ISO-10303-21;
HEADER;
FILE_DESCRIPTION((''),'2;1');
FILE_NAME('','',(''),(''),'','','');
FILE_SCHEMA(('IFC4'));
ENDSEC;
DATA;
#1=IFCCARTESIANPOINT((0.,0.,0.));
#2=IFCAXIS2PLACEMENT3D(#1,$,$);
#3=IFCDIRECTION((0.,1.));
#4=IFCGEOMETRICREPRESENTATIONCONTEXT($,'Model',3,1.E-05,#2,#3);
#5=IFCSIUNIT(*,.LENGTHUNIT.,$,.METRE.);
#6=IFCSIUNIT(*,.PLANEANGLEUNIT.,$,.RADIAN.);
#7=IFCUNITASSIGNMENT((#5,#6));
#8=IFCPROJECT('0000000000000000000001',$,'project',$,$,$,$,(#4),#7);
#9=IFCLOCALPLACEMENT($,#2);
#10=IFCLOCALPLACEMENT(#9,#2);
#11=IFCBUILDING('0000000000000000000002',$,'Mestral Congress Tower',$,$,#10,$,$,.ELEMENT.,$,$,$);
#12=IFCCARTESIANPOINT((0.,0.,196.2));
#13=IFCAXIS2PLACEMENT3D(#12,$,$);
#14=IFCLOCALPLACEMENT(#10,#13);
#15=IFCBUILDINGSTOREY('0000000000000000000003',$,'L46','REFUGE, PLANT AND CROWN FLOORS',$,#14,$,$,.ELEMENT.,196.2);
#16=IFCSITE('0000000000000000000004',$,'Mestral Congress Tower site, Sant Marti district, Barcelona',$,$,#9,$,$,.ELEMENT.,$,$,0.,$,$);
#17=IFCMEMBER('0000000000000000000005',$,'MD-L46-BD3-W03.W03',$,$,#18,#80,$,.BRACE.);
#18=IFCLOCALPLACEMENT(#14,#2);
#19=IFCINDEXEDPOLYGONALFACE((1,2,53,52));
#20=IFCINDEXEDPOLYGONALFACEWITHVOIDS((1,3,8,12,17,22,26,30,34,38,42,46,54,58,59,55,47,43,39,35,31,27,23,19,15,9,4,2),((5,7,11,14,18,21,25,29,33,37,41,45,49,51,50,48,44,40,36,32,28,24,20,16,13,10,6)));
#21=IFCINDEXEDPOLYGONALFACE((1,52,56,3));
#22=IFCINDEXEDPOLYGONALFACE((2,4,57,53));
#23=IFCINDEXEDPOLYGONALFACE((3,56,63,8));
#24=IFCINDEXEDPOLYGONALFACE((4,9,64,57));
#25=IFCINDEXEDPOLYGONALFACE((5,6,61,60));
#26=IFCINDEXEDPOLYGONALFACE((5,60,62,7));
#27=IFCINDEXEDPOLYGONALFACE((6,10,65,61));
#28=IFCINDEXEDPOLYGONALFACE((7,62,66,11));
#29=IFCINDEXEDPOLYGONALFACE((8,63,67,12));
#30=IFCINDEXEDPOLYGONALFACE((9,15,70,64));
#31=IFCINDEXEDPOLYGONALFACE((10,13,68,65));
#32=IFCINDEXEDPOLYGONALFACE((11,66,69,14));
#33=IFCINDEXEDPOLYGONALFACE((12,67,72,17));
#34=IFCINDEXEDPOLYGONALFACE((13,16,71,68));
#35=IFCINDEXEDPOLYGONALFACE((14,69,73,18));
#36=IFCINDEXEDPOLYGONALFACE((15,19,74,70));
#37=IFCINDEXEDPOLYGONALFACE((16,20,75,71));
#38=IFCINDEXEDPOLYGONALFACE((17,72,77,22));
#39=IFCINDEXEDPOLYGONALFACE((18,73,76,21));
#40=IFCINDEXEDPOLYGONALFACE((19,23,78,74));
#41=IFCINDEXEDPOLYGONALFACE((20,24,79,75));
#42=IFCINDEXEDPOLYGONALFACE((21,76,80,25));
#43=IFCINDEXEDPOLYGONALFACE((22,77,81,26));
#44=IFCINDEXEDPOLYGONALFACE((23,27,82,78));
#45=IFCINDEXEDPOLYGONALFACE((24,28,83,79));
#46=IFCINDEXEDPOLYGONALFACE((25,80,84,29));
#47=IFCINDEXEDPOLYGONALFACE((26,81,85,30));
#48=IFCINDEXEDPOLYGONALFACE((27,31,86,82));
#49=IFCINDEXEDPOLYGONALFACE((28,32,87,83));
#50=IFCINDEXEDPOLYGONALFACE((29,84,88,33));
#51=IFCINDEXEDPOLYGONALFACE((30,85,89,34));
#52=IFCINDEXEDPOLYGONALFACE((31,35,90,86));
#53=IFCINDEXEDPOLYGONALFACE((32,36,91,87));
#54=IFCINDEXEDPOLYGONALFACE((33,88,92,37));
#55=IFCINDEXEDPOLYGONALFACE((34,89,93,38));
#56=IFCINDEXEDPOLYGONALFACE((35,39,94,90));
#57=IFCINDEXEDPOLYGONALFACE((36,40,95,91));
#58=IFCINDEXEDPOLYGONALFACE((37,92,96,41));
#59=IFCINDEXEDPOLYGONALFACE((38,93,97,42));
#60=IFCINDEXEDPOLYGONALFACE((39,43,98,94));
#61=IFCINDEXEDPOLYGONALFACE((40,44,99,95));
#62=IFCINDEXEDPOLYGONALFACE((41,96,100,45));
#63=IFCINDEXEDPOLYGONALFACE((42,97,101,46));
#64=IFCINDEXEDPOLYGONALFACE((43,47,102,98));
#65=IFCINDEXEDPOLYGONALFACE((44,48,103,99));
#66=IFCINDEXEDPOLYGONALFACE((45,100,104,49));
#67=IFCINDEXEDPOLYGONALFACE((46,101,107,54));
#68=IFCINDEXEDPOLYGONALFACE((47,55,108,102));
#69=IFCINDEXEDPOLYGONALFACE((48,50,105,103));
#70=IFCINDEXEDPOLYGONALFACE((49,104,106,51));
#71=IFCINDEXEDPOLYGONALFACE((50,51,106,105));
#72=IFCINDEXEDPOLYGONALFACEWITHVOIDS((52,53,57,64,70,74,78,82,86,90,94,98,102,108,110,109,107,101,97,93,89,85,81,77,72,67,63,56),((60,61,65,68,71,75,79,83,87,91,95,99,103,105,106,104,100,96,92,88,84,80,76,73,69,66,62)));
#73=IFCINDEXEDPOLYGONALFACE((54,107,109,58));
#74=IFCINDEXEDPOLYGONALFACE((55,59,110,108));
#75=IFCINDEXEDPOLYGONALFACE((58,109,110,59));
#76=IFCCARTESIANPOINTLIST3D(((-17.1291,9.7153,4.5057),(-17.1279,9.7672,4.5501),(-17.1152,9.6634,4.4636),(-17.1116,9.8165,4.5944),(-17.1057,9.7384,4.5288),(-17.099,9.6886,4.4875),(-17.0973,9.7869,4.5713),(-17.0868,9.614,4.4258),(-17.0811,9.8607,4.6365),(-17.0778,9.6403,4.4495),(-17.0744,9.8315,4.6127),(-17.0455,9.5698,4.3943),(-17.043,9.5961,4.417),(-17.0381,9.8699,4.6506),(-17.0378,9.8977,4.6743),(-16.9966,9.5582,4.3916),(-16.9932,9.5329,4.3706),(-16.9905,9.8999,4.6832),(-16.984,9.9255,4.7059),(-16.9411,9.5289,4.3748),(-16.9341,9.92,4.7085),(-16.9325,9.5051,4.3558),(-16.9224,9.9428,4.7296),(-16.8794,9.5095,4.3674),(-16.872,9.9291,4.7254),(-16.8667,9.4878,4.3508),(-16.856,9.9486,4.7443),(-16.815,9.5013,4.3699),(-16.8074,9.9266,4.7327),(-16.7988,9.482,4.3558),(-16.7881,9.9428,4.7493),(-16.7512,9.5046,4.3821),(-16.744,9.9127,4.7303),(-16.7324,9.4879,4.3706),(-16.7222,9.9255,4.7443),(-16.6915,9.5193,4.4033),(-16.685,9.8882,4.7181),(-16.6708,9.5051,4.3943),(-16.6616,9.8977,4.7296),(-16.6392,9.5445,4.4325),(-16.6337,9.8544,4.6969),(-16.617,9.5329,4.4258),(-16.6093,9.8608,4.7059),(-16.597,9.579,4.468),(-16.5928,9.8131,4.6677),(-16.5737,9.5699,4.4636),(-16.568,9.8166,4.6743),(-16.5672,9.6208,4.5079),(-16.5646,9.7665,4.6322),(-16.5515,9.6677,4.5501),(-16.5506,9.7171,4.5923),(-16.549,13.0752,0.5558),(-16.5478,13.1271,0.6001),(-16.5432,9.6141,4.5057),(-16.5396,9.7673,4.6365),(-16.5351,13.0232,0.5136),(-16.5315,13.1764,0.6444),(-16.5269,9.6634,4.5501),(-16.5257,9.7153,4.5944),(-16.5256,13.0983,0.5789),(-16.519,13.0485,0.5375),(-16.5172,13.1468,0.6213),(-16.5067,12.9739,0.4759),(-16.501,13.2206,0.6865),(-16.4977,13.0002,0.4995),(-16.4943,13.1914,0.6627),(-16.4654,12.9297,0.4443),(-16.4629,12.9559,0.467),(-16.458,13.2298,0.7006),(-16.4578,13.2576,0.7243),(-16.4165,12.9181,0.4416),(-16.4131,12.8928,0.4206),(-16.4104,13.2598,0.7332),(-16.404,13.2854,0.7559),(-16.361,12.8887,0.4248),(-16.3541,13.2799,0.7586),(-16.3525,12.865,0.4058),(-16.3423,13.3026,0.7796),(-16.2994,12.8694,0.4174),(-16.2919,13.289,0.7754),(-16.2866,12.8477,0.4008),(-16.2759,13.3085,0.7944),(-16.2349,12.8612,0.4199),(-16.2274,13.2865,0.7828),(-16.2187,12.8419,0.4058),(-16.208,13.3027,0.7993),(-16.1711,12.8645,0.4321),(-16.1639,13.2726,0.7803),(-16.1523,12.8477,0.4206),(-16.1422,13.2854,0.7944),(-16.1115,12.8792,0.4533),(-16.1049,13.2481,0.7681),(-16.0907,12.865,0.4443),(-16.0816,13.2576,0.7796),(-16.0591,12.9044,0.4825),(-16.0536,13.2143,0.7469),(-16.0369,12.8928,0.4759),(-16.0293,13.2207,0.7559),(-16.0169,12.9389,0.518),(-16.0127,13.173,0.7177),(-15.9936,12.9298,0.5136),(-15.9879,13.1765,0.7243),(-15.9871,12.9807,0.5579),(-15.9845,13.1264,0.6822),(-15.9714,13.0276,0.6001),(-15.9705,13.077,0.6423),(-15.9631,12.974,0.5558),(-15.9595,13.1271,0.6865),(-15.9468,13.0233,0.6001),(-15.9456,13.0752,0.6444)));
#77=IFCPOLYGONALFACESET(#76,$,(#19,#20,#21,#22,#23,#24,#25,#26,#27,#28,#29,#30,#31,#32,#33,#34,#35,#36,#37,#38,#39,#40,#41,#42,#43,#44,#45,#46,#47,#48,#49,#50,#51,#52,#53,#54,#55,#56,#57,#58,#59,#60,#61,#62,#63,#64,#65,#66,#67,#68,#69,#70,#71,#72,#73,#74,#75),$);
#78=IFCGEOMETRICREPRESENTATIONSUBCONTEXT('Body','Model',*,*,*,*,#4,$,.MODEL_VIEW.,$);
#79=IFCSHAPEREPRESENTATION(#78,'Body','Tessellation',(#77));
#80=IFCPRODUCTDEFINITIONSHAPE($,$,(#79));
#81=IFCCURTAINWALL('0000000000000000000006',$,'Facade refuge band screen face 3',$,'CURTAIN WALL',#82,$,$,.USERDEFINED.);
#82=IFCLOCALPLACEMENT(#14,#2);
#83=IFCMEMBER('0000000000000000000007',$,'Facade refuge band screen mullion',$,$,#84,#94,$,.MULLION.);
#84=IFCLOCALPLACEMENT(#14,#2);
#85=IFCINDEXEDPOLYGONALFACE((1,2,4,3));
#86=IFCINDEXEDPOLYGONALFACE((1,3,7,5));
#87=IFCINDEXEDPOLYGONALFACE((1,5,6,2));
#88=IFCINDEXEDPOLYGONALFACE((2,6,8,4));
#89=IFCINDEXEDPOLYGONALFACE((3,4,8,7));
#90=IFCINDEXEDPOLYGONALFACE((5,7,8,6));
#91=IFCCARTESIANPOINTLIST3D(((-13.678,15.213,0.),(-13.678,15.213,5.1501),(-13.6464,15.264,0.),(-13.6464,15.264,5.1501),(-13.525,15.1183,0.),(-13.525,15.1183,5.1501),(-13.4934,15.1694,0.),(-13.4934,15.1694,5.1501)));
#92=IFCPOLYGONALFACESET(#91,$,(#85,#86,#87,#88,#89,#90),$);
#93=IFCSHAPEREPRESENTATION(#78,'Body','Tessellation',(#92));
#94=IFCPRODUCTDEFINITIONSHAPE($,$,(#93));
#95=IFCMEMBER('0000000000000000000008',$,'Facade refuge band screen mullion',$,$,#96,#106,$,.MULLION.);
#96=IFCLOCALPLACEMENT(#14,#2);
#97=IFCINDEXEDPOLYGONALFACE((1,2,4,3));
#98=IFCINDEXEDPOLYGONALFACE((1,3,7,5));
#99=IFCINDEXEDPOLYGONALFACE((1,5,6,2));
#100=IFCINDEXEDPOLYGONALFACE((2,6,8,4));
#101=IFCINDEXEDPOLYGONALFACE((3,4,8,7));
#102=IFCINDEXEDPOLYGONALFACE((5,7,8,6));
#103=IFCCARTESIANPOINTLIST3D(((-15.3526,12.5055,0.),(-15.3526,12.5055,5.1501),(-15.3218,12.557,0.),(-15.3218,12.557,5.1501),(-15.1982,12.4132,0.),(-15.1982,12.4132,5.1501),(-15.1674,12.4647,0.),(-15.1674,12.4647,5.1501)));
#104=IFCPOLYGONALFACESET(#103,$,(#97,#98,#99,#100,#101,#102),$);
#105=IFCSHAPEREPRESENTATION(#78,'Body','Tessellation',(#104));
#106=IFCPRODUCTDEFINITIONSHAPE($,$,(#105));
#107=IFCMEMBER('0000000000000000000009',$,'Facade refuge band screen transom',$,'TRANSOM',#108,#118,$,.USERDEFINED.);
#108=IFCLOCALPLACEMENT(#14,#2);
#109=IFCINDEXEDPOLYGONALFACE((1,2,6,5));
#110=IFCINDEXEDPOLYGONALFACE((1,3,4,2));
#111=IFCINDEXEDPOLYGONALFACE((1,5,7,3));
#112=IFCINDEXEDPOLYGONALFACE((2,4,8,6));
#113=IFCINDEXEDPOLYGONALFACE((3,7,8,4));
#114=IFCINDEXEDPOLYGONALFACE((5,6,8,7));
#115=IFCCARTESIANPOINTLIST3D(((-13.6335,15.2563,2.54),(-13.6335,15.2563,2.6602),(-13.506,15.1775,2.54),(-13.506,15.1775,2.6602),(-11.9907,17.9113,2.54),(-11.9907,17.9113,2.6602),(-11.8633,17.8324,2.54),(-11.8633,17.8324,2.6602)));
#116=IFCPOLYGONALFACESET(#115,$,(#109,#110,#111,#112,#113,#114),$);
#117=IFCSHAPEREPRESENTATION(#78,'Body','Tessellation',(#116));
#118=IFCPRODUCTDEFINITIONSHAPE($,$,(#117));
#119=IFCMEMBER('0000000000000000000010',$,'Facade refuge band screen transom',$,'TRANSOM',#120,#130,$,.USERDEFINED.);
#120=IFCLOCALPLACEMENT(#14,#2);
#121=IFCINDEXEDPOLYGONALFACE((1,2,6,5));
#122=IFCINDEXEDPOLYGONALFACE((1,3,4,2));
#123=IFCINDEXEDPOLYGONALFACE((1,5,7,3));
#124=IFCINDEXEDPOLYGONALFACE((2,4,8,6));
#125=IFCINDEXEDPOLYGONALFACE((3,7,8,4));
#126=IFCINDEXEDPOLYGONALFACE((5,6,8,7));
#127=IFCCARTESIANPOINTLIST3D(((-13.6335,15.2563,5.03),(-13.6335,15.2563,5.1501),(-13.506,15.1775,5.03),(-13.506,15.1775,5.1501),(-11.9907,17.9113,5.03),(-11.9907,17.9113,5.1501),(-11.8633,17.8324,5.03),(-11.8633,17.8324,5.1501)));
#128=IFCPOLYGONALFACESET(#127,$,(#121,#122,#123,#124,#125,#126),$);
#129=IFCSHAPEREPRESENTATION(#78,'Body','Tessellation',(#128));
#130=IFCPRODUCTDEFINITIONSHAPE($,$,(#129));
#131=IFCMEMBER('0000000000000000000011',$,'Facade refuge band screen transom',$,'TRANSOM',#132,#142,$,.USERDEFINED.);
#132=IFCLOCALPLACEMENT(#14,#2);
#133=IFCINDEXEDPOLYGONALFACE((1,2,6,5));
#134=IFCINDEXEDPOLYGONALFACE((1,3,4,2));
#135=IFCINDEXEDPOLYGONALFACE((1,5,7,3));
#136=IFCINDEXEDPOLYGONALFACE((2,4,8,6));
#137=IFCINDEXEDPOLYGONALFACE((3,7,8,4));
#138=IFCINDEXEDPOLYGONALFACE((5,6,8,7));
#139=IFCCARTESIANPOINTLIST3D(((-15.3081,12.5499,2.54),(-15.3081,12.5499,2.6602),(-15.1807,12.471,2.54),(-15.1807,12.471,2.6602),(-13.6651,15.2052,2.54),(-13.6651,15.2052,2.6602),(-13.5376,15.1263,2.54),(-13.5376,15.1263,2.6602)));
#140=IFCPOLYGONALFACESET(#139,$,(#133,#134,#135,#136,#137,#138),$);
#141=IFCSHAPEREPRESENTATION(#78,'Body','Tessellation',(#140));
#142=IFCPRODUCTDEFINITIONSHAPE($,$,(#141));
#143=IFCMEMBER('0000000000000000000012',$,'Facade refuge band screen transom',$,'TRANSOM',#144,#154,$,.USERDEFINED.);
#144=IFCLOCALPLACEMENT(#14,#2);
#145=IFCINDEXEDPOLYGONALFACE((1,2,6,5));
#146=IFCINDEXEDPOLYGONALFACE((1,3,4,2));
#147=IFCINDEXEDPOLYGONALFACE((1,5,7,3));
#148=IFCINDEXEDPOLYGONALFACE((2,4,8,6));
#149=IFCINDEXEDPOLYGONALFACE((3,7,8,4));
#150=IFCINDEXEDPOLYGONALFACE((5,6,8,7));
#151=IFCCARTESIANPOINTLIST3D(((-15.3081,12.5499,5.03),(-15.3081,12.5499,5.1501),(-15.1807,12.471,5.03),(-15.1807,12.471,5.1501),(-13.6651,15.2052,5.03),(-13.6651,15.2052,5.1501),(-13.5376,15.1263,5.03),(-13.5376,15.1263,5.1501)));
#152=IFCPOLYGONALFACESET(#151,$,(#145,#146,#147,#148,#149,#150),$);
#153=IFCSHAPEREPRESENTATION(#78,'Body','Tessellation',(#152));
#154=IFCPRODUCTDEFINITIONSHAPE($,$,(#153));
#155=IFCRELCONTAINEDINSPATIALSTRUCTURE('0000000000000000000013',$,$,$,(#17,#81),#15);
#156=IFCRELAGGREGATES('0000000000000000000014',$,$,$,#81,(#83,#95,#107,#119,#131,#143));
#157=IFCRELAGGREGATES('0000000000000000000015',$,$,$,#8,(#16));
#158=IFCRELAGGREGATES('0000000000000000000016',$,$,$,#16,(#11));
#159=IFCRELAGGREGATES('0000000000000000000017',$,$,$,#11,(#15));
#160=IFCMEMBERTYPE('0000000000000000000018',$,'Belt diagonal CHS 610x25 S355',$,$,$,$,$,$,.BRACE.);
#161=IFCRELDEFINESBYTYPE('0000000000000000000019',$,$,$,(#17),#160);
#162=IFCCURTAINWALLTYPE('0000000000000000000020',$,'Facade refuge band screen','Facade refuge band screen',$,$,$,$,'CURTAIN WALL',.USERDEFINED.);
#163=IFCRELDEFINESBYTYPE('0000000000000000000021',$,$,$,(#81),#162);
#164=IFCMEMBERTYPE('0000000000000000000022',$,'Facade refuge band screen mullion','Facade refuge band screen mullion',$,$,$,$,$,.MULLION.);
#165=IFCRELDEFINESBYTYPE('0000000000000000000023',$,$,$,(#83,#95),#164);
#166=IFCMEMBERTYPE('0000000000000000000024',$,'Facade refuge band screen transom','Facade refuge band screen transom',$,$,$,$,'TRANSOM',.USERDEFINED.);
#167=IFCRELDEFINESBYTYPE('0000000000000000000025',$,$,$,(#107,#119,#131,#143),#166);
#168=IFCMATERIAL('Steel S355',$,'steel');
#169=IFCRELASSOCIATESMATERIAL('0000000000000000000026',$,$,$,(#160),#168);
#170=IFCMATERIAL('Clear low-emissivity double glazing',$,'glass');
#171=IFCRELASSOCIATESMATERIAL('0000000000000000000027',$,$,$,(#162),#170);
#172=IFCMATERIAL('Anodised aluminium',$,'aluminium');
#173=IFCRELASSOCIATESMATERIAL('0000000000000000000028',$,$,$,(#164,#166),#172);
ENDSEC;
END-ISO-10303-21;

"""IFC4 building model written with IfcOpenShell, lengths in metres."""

from ifc_helpers import new_model, si_unit, direction, frame, origin, origin_2d, place, context, subcontext, project, spatial, rectangle, hollow_circle, extrude, material, material_profile, profile_set, type_object, element, aggregate, save


model = new_model("IFC4")

# Units and contexts
model_context = context("Model", 3, precision=1e-05, world=origin(), true_north=direction((0.0, 1.0)))
body_context = subcontext(model_context, "Body", "Model", "MODEL_VIEW")
ifc_project = project(units=[si_unit("LENGTHUNIT", "METRE"), si_unit("PLANEANGLEUNIT", "RADIAN")], contexts=[model_context])

# Site, building, storey
site_placement = place(None, origin())
site = spatial("IfcSite", under=ifc_project, at=site_placement, Name="Mestral Congress Tower site, Sant Marti district, Barcelona", CompositionType="ELEMENT", RefElevation=0.0)
building_placement = place(site_placement, origin())
building = spatial("IfcBuilding", under=site, at=building_placement, Name="Mestral Congress Tower", CompositionType="ELEMENT")
storey_placement = place(building_placement, frame((0.0, 0.0, 196.2)))
storey = spatial("IfcBuildingStorey", under=building, at=storey_placement, Name="L46", Description="REFUGE, PLANT AND CROWN FLOORS", CompositionType="ELEMENT", Elevation=196.2)

# Member
ifc_material_1 = material(Name="Steel S355", Category="steel")
ifc_material_profile_1 = material_profile(ifc_material_1, hollow_circle(Radius=0.3049, WallThickness=0.0249, at=origin_2d()), Name="CHS 610x25")
ifc_profile_set_1 = profile_set([ifc_material_profile_1], Name="Steel S355")
member_type_1 = type_object("IfcMemberType", Name="Belt diagonal CHS 610x25 S355", PredefinedType="BRACE", material=ifc_profile_set_1)
member_1_placement = place(storey_placement, frame((-16.2473, 13.0752, 0.6001), z_axis=(-0.111169, -0.643901, 0.756989), x_axis=(0.985421, -0.170132, 0.0)))
element("IfcMember", 1, at=member_1_placement, inside=storey, type_object=member_type_1, Name="MD-L46-BD3-W03.W03", PredefinedType="BRACE", context=body_context, shape_type="SweptSolid", body=[
    extrude(hollow_circle(Radius=0.3049, WallThickness=0.0249, at=origin_2d()), origin(), (0.0, 0.0, 1.0), 5.218),
])

# Curtain wall, members
ifc_material_2 = material(Name="Clear low-emissivity double glazing", Category="glass")
curtain_wall_type = type_object("IfcCurtainWallType", Name="Facade refuge band screen", Description="Facade refuge band screen", ElementType="CURTAIN WALL", PredefinedType="USERDEFINED", material=ifc_material_2)
curtain_wall_placement = place(storey_placement, origin())
curtain_wall = element("IfcCurtainWall", 2, at=curtain_wall_placement, inside=storey, type_object=curtain_wall_type, Name="Facade refuge band screen face 3", ObjectType="CURTAIN WALL", PredefinedType="USERDEFINED")
ifc_material_3 = material(Name="Anodised aluminium", Category="aluminium")
ifc_material_profile_2 = material_profile(ifc_material_3, rectangle(XDim=0.1799, YDim=0.0601, at=origin_2d()), Name="CW3 mullion 180 x 60")
ifc_profile_set_2 = profile_set([ifc_material_profile_2], Name="Anodised aluminium")
member_type_2 = type_object("IfcMemberType", Name="Facade refuge band screen mullion", Description="Facade refuge band screen mullion", PredefinedType="MULLION", material=ifc_profile_set_2)
member_2_placement = place(storey_placement, frame((-13.5857, 15.1912, 0.0), z_axis=(0.0, 0.0, 1.0), x_axis=(-0.850362, 0.526198, 0.0)))
member_2 = element("IfcMember", 3, at=member_2_placement, type_object=member_type_2, Name="Facade refuge band screen mullion", PredefinedType="MULLION", context=body_context, shape_type="SweptSolid", body=[
    extrude(rectangle(XDim=0.1799, YDim=0.0601, at=origin_2d()), origin(), (0.0, 0.0, 1.0), 5.1501),
])
member_3_placement = place(storey_placement, frame((-15.26, 12.4851, 0.0), z_axis=(0.0, 0.0, 1.0), x_axis=(-0.858293, 0.513159, 0.0)))
member_3 = element("IfcMember", 4, at=member_3_placement, type_object=member_type_2, Name="Facade refuge band screen mullion", PredefinedType="MULLION", context=body_context, shape_type="SweptSolid", body=[
    extrude(rectangle(XDim=0.1799, YDim=0.0601, at=origin_2d()), origin(), (0.0, 0.0, 1.0), 5.1501),
])
ifc_material_profile_3 = material_profile(ifc_material_3, rectangle(XDim=0.1499, YDim=0.1201, at=origin_2d()), Name="CW3 transom 150 x 120")
ifc_profile_set_3 = profile_set([ifc_material_profile_3], Name="Anodised aluminium")
member_type_3 = type_object("IfcMemberType", Name="Facade refuge band screen transom", Description="Facade refuge band screen transom", ElementType="TRANSOM", PredefinedType="USERDEFINED", material=ifc_profile_set_3)
member_4_placement = place(storey_placement, frame((-11.927, 17.8718, 2.6001), z_axis=(-0.526177, -0.850375, 0.0), x_axis=(0.850375, -0.526177, 0.0)))
member_4 = element("IfcMember", 5, at=member_4_placement, type_object=member_type_3, Name="Facade refuge band screen transom", ObjectType="TRANSOM", PredefinedType="USERDEFINED", context=body_context, shape_type="SweptSolid", body=[
    extrude(rectangle(XDim=0.1499, YDim=0.1201, at=origin_2d()), origin(), (0.0, 0.0, 1.0), 3.1221),
])
member_5_placement = place(storey_placement, frame((-11.927, 17.8718, 5.0901), z_axis=(-0.526177, -0.850375, 0.0), x_axis=(0.850375, -0.526177, 0.0)))
member_5 = element("IfcMember", 6, at=member_5_placement, type_object=member_type_3, Name="Facade refuge band screen transom", ObjectType="TRANSOM", PredefinedType="USERDEFINED", context=body_context, shape_type="SweptSolid", body=[
    extrude(rectangle(XDim=0.1499, YDim=0.1201, at=origin_2d()), origin(), (0.0, 0.0, 1.0), 3.1221),
])
member_6_placement = place(storey_placement, frame((-13.6013, 15.1658, 2.6001), z_axis=(-0.526198, -0.850362, 0.0), x_axis=(0.850362, -0.526198, 0.0)))
member_6 = element("IfcMember", 7, at=member_6_placement, type_object=member_type_3, Name="Facade refuge band screen transom", ObjectType="TRANSOM", PredefinedType="USERDEFINED", context=body_context, shape_type="SweptSolid", body=[
    extrude(rectangle(XDim=0.1499, YDim=0.1201, at=origin_2d()), origin(), (0.0, 0.0, 1.0), 3.1226),
])
member_7_placement = place(storey_placement, frame((-13.6013, 15.1658, 5.0901), z_axis=(-0.526198, -0.850362, 0.0), x_axis=(0.850362, -0.526198, 0.0)))
member_7 = element("IfcMember", 8, at=member_7_placement, type_object=member_type_3, Name="Facade refuge band screen transom", ObjectType="TRANSOM", PredefinedType="USERDEFINED", context=body_context, shape_type="SweptSolid", body=[
    extrude(rectangle(XDim=0.1499, YDim=0.1201, at=origin_2d()), origin(), (0.0, 0.0, 1.0), 3.1226),
])

aggregate(curtain_wall, [member_2, member_3, member_4, member_5, member_6, member_7])

save(model, "model.ifc")
